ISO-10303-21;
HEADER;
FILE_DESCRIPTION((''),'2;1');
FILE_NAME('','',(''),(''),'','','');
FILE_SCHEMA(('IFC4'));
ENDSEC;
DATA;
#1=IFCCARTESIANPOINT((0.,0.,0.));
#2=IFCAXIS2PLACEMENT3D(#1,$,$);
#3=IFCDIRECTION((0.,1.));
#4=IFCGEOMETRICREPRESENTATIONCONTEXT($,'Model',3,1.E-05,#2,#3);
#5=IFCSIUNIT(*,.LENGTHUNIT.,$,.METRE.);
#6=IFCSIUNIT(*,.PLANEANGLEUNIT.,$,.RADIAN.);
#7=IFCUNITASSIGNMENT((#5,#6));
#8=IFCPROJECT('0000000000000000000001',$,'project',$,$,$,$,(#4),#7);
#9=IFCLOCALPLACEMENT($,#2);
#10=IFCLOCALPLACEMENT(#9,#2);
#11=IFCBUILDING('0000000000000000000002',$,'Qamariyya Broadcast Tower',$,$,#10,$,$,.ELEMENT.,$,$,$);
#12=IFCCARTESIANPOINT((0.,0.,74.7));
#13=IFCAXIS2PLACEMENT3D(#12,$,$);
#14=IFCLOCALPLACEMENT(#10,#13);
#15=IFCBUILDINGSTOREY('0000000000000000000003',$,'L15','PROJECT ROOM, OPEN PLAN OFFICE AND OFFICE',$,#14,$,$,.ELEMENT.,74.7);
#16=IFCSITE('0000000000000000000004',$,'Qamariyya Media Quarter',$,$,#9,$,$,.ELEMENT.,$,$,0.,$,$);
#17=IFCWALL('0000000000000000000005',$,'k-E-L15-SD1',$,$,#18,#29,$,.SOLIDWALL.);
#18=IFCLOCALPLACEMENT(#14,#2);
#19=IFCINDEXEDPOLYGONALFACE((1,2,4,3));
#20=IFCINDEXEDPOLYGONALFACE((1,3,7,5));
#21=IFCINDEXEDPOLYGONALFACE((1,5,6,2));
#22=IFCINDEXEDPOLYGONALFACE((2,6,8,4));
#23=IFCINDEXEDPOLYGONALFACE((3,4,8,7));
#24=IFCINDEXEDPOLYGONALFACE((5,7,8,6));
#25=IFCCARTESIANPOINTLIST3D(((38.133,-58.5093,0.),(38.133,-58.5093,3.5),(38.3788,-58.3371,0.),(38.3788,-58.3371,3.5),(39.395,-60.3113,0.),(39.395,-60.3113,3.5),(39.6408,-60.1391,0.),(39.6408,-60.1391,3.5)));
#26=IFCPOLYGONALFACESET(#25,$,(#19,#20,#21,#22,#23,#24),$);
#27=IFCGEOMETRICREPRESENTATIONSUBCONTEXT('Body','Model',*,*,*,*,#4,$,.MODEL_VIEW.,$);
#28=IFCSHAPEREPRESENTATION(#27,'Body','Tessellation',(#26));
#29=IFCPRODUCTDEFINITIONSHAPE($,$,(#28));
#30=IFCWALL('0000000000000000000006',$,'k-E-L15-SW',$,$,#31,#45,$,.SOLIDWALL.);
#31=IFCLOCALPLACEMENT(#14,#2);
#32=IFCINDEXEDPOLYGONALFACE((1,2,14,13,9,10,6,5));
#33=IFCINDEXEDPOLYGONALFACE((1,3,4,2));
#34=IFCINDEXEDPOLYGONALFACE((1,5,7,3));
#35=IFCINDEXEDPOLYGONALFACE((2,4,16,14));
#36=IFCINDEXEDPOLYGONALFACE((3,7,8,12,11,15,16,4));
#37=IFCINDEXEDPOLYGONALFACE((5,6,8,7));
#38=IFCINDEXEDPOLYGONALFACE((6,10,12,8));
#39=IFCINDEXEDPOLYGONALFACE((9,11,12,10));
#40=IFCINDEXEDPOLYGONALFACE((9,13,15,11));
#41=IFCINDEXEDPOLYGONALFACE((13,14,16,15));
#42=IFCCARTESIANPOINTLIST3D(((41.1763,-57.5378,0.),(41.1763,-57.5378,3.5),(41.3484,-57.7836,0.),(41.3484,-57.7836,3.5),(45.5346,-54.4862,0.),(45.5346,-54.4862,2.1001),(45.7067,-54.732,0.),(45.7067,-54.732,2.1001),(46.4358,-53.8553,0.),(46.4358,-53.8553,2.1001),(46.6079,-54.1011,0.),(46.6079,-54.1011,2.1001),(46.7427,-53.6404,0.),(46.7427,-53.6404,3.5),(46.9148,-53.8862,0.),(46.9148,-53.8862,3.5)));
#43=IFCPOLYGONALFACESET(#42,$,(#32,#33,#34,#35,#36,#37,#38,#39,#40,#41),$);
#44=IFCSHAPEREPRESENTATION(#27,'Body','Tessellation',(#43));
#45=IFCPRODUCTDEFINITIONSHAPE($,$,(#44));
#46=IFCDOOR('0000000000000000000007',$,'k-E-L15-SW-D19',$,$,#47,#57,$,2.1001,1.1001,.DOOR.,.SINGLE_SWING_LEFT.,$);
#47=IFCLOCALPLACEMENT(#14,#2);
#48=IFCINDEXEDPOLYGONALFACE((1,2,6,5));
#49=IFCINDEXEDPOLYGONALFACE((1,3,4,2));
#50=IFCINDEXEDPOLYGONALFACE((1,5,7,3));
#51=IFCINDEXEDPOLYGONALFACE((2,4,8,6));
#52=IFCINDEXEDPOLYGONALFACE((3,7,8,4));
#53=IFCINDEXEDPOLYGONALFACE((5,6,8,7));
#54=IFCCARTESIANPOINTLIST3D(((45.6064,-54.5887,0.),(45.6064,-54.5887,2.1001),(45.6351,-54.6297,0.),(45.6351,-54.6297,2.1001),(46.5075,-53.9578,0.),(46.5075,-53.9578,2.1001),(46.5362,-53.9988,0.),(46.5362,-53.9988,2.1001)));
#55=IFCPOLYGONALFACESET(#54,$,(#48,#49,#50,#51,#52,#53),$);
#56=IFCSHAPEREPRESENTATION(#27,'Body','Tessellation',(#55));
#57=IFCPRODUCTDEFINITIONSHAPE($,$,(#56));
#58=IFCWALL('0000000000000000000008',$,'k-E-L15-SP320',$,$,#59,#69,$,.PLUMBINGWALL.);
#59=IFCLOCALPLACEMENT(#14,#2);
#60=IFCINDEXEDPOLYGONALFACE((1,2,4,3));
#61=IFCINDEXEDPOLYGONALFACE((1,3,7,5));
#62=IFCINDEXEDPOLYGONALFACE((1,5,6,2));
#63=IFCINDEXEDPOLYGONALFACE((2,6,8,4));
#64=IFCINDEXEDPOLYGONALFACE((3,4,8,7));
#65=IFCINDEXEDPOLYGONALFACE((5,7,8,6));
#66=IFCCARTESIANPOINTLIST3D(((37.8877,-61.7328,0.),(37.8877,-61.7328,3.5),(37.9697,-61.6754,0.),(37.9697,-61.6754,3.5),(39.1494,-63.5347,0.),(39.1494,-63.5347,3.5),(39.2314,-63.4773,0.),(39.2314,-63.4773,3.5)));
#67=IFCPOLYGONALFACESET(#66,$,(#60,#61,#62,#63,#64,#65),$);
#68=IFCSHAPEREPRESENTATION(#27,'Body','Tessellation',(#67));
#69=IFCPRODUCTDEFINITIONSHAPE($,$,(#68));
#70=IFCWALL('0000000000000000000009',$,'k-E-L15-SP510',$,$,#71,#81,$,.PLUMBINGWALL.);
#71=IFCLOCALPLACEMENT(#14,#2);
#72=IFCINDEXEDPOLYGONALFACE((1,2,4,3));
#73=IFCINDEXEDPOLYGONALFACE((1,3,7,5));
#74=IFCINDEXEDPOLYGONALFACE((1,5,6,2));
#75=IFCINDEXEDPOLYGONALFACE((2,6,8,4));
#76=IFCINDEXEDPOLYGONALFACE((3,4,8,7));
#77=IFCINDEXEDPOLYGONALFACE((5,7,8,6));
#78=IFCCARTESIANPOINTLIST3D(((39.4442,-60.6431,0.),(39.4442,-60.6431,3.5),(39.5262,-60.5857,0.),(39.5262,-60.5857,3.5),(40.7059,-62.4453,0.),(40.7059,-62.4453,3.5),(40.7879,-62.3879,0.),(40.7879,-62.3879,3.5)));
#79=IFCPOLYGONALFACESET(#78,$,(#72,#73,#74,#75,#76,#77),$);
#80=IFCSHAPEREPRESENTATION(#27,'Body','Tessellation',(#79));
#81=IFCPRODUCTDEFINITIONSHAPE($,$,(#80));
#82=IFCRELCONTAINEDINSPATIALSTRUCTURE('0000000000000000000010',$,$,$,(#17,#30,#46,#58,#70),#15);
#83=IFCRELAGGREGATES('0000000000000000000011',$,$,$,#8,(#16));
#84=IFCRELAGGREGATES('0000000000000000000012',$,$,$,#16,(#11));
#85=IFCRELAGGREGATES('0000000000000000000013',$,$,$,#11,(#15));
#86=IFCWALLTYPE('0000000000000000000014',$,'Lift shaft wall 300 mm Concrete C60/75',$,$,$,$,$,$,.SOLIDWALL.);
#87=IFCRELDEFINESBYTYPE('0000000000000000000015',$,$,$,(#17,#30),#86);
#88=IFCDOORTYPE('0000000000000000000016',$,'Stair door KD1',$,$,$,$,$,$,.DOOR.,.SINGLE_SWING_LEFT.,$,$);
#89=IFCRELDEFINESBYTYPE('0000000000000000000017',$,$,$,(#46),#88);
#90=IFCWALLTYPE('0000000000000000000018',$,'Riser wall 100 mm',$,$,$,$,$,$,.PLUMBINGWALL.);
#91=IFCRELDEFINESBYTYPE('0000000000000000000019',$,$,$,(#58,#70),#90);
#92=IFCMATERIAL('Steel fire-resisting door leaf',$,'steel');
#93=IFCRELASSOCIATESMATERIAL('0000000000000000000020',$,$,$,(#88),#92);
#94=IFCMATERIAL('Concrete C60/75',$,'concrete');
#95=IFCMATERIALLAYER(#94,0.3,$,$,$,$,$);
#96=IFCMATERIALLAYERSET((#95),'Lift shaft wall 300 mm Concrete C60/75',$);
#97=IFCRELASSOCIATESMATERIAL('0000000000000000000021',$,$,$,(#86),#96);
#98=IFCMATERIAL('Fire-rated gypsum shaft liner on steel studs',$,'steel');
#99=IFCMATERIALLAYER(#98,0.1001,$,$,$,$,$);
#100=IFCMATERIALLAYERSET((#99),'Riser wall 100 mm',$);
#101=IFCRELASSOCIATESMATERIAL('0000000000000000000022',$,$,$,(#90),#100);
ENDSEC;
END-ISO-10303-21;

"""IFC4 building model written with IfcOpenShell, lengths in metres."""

from ifc_helpers import new_model, si_unit, direction, frame, frame_2d, origin, place, context, subcontext, project, spatial, rectangle, extrude, material, layer, layer_set, type_object, element, fill, save


model = new_model("IFC4")

# Units and contexts
model_context = context("Model", 3, precision=1e-05, world=origin(), true_north=direction((0.0, 1.0)))
body_context = subcontext(model_context, "Body", "Model", "MODEL_VIEW")
ifc_project = project(units=[si_unit("LENGTHUNIT", "METRE"), si_unit("PLANEANGLEUNIT", "RADIAN")], contexts=[model_context])

# Site, building, storey
site_placement = place(None, origin())
site = spatial("IfcSite", under=ifc_project, at=site_placement, Name="Qamariyya Media Quarter", CompositionType="ELEMENT", RefElevation=0.0)
building_placement = place(site_placement, origin())
building = spatial("IfcBuilding", under=site, at=building_placement, Name="Qamariyya Broadcast Tower", CompositionType="ELEMENT")
storey_placement = place(building_placement, frame((0.0, 0.0, 74.7)))
storey = spatial("IfcBuildingStorey", under=building, at=storey_placement, Name="L15", Description="PROJECT ROOM, OPEN PLAN OFFICE AND OFFICE", CompositionType="ELEMENT", Elevation=74.7)

# Shared definitions
ifc_material_1 = material(Name="Steel fire-resisting door leaf", Category="steel")

# Shared definitions
door_type_1 = type_object("IfcDoorType", Name="Stair door KD1", OperationType="SINGLE_SWING_LEFT", PredefinedType="DOOR", material=ifc_material_1)

# Wall
ifc_material_2 = material(Name="Concrete C60/75", Category="concrete")
ifc_layer_1 = layer(ifc_material_2, 0.3)
ifc_layer_set_1 = layer_set([ifc_layer_1], Name="Lift shaft wall 300 mm Concrete C60/75")
wall_type_1 = type_object("IfcWallType", Name="Lift shaft wall 300 mm Concrete C60/75", PredefinedType="SOLIDWALL", material=ifc_layer_set_1)
wall_1_placement = place(storey_placement, frame((38.2559, -58.4231, 0.0), z_axis=(0.0, 0.0, 1.0), x_axis=(0.573634, -0.819112, 0.0)))
element("IfcWall", 1, at=wall_1_placement, inside=storey, type_object=wall_type_1, Name="k-E-L15-SD1", PredefinedType="SOLIDWALL", context=body_context, shape_type="SweptSolid", body=[
    extrude(rectangle(XDim=2.2, YDim=0.3, at=frame_2d((1.1001, 0.0))), origin(), (0.0, 0.0, 1.0), 3.5),
])

# Wall, opening, door
wall_2_placement = place(storey_placement, frame((41.2625, -57.6606, 0.0), z_axis=(0.0, 0.0, 1.0), x_axis=(0.819164, 0.573559, 0.0)))
wall_2 = element("IfcWall", 2, at=wall_2_placement, inside=storey, type_object=wall_type_1, Name="k-E-L15-SW", PredefinedType="SOLIDWALL", context=body_context, shape_type="SweptSolid", body=[
    extrude(rectangle(XDim=6.7952, YDim=0.3, at=frame_2d((3.3975, 0.0))), origin(), (0.0, 0.0, 1.0), 3.5),
])
opening_1_placement = place(wall_2_placement, frame((5.3203, 0.0, 0.0)))
opening_1 = element("IfcOpeningElement", 3, at=opening_1_placement, cuts=wall_2, PredefinedType="OPENING", context=body_context, shape_type="SweptSolid", body=[
    extrude(rectangle(XDim=1.1001, YDim=2.1001, at=frame_2d((0.55, 1.05))), frame((0.0, 0.1599, 0.0), z_axis=(0.0, -1.0, 0.0), x_axis=(1.0, 0.0, 0.0)), (0.0, 0.0, 1.0), 0.3201),
])
door_1_placement = place(opening_1_placement, origin())
door_1 = element("IfcDoor", 4, at=door_1_placement, inside=storey, type_object=door_type_1, Name="k-E-L15-SW-D19", OperationType="SINGLE_SWING_LEFT", OverallHeight=2.1001, OverallWidth=1.1001, PredefinedType="DOOR", context=body_context, shape_type="SweptSolid", body=[
    extrude(rectangle(XDim=1.1001, YDim=2.1001, at=frame_2d((0.55, 1.05))), frame((0.0, 0.0249, 0.0), z_axis=(0.0, -1.0, 0.0), x_axis=(1.0, 0.0, 0.0)), (0.0, 0.0, 1.0), 0.05),
])
fill(opening_1, door_1)

# Walls
ifc_material_3 = material(Name="Fire-rated gypsum shaft liner on steel studs", Category="steel")
ifc_layer_2 = layer(ifc_material_3, 0.1001)
ifc_layer_set_2 = layer_set([ifc_layer_2], Name="Riser wall 100 mm")
wall_type_2 = type_object("IfcWallType", Name="Riser wall 100 mm", PredefinedType="PLUMBINGWALL", material=ifc_layer_set_2)
wall_3_placement = place(storey_placement, frame((37.9287, -61.7041, 0.0), z_axis=(0.0, 0.0, 1.0), x_axis=(0.573559, -0.819164, 0.0)))
element("IfcWall", 5, at=wall_3_placement, inside=storey, type_object=wall_type_2, Name="k-E-L15-SP320", PredefinedType="PLUMBINGWALL", context=body_context, shape_type="SweptSolid", body=[
    extrude(rectangle(XDim=2.1997, YDim=0.1001, at=frame_2d((1.0999, 0.0))), origin(), (0.0, 0.0, 1.0), 3.5),
])
wall_4_placement = place(storey_placement, frame((39.4851, -60.6143, 0.0), z_axis=(0.0, 0.0, 1.0), x_axis=(0.573507, -0.819201, 0.0)))
element("IfcWall", 6, at=wall_4_placement, inside=storey, type_object=wall_type_2, Name="k-E-L15-SP510", PredefinedType="PLUMBINGWALL", context=body_context, shape_type="SweptSolid", body=[
    extrude(rectangle(XDim=2.2, YDim=0.1001, at=frame_2d((1.1001, 0.0))), origin(), (0.0, 0.0, 1.0), 3.5),
])

save(model, "model.ifc")
